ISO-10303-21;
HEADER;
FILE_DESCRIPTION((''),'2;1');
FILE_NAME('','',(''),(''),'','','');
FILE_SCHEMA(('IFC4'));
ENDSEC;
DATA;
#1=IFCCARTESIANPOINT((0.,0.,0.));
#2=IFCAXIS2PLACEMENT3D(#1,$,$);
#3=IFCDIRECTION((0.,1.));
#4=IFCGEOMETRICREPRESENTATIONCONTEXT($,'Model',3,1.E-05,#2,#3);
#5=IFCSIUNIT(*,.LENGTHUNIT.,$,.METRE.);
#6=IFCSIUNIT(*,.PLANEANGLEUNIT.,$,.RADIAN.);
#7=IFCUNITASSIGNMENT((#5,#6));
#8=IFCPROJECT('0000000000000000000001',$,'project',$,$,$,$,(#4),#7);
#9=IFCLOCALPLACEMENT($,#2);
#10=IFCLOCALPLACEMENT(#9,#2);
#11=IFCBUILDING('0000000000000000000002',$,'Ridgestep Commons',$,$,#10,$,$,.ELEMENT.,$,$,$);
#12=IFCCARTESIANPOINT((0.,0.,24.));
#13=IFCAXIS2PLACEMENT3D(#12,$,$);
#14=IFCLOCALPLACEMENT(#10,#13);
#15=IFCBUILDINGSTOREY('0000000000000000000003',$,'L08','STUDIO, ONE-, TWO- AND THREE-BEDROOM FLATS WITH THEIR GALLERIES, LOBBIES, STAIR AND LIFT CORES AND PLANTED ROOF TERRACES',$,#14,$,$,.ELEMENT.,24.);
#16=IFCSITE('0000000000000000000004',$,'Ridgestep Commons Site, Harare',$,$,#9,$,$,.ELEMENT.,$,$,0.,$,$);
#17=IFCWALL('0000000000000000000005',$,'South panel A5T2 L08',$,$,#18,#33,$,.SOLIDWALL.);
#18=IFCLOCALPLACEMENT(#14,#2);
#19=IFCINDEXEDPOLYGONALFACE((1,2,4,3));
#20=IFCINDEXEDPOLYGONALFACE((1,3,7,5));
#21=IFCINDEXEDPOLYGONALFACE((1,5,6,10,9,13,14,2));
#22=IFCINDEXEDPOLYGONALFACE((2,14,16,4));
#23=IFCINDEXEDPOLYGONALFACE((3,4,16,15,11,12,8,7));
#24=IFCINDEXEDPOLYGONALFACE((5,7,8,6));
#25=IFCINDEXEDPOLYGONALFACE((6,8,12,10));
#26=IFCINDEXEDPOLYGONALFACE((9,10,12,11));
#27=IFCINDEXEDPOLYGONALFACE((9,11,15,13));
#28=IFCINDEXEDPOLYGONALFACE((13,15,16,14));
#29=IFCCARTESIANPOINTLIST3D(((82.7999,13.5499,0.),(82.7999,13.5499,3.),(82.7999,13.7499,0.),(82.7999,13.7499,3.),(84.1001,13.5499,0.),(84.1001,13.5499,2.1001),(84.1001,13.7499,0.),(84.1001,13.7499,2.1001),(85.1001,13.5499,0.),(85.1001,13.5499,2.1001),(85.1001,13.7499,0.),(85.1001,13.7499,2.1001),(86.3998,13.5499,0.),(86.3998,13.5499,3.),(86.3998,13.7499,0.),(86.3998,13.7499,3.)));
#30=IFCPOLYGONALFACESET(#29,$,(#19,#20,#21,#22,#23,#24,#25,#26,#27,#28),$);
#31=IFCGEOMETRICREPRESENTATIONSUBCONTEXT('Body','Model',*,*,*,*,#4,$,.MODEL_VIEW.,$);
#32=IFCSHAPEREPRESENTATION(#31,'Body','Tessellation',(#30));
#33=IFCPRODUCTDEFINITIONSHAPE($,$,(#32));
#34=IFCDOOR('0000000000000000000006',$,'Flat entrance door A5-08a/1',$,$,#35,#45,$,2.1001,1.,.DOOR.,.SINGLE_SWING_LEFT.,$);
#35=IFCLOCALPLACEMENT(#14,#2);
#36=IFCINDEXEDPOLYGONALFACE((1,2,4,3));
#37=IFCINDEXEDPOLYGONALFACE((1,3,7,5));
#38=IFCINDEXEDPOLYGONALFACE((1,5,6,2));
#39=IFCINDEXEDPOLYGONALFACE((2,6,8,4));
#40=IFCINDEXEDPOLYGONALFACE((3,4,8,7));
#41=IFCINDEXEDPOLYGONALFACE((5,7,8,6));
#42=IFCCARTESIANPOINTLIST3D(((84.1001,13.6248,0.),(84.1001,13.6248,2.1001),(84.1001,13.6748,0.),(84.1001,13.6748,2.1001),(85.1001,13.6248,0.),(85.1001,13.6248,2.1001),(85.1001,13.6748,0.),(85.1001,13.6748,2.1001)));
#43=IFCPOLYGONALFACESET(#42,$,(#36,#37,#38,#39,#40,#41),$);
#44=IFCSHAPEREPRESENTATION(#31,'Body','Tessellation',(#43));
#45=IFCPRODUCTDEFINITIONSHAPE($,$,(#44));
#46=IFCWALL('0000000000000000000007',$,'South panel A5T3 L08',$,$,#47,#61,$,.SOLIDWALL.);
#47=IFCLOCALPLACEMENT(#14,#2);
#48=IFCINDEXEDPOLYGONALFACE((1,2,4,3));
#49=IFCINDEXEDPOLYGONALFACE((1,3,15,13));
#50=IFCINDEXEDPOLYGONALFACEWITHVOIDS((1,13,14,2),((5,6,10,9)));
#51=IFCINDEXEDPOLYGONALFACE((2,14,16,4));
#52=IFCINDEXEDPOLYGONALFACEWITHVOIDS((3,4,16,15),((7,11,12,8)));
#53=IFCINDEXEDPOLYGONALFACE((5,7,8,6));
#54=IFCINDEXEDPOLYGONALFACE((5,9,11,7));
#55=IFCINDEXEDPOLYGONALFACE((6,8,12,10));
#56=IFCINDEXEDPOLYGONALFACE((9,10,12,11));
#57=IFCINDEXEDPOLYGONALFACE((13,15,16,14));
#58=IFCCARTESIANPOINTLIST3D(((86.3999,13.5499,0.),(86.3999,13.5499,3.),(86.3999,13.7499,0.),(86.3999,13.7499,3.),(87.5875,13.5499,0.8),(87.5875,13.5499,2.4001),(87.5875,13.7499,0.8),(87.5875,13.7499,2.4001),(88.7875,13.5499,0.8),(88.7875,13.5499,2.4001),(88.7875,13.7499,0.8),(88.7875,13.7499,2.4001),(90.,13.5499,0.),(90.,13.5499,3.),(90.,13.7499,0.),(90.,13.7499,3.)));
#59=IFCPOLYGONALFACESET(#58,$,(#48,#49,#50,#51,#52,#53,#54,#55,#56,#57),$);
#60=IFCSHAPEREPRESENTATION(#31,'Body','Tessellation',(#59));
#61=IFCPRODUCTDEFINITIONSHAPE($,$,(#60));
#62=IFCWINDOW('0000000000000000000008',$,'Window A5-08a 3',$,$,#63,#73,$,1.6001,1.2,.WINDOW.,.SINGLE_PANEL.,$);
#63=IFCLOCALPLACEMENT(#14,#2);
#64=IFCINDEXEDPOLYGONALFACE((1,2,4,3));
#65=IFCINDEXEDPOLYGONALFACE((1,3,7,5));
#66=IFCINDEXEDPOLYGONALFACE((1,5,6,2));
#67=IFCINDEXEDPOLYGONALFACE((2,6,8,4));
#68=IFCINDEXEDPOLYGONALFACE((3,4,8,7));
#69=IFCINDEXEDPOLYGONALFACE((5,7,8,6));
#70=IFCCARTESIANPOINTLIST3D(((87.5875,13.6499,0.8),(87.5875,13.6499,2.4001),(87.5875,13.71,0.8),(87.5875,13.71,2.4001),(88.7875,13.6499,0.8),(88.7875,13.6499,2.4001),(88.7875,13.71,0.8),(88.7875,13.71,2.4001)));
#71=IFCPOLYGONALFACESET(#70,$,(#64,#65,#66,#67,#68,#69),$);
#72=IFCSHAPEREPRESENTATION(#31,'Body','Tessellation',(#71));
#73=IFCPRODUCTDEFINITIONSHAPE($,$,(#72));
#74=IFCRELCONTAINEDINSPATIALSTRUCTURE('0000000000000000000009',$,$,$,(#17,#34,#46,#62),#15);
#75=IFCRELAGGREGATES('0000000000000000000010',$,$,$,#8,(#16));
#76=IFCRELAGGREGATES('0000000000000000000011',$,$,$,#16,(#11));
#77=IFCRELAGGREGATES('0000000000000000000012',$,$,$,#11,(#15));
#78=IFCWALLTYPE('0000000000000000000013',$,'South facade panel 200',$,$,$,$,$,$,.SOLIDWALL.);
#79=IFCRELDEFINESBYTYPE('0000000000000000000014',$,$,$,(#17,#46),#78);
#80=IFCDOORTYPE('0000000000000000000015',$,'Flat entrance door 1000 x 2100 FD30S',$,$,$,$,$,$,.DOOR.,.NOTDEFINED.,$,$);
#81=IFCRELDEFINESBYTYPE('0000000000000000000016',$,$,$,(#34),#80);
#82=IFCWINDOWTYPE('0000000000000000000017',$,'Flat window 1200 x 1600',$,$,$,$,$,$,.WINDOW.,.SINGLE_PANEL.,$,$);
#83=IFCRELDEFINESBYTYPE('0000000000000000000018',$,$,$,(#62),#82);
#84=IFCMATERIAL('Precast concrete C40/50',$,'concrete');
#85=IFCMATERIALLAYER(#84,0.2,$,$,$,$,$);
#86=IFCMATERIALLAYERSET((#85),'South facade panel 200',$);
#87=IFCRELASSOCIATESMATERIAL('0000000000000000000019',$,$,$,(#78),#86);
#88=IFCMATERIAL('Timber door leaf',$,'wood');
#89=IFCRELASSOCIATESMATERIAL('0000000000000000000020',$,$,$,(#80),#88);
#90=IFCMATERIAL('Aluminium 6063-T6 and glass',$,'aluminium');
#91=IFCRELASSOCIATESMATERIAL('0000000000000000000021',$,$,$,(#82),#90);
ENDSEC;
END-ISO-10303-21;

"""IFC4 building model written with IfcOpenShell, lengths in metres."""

from ifc_helpers import new_model, si_unit, direction, frame, frame_2d, origin, place, context, subcontext, project, spatial, rectangle, extrude, material, layer, layer_set, type_object, element, fill, save


model = new_model("IFC4")

# Units and contexts
model_context = context("Model", 3, precision=1e-05, world=origin(), true_north=direction((0.0, 1.0)))
body_context = subcontext(model_context, "Body", "Model", "MODEL_VIEW")
ifc_project = project(units=[si_unit("LENGTHUNIT", "METRE"), si_unit("PLANEANGLEUNIT", "RADIAN")], contexts=[model_context])

# Site, building, storey
site_placement = place(None, origin())
site = spatial("IfcSite", under=ifc_project, at=site_placement, Name="Ridgestep Commons Site, Harare", CompositionType="ELEMENT", RefElevation=0.0)
building_placement = place(site_placement, origin())
building = spatial("IfcBuilding", under=site, at=building_placement, Name="Ridgestep Commons", CompositionType="ELEMENT")
storey_placement = place(building_placement, frame((0.0, 0.0, 24.0)))
storey = spatial("IfcBuildingStorey", under=building, at=storey_placement, Name="L08", Description="STUDIO, ONE-, TWO- AND THREE-BEDROOM FLATS WITH THEIR GALLERIES, LOBBIES, STAIR AND LIFT CORES AND PLANTED ROOF TERRACES", CompositionType="ELEMENT", Elevation=24.0)

# Wall, opening, door
ifc_material_1 = material(Name="Precast concrete C40/50", Category="concrete")
ifc_layer_1 = layer(ifc_material_1, 0.2)
ifc_layer_set_1 = layer_set([ifc_layer_1], Name="South facade panel 200")
wall_type_1 = type_object("IfcWallType", Name="South facade panel 200", PredefinedType="SOLIDWALL", material=ifc_layer_set_1)
wall_1_placement = place(storey_placement, frame((82.8, 13.6499, 0.0), z_axis=(0.0, 0.0, 1.0), x_axis=(1.0, 0.0, 0.0)))
wall_1 = element("IfcWall", 1, at=wall_1_placement, inside=storey, type_object=wall_type_1, Name="South panel A5T2 L08", PredefinedType="SOLIDWALL", context=body_context, shape_type="SweptSolid", body=[
    extrude(rectangle(XDim=3.5999, YDim=0.2, at=frame_2d((1.7998, 0.0))), origin(), (0.0, 0.0, 1.0), 3.0),
])
opening_1_placement = place(wall_1_placement, frame((1.3, 0.0, 0.0)))
opening_1 = element("IfcOpeningElement", 2, at=opening_1_placement, cuts=wall_1, PredefinedType="OPENING", context=body_context, shape_type="SweptSolid", body=[
    extrude(rectangle(XDim=1.0, YDim=2.1001, at=frame_2d((0.5, 1.05))), frame((0.0, 0.1099, 0.0), z_axis=(0.0, -1.0, 0.0), x_axis=(1.0, 0.0, 0.0)), (0.0, 0.0, 1.0), 0.22),
])
ifc_material_2 = material(Name="Timber door leaf", Category="wood")
door_type_1 = type_object("IfcDoorType", Name="Flat entrance door 1000 x 2100 FD30S", OperationType="NOTDEFINED", PredefinedType="DOOR", material=ifc_material_2)
door_1_placement = place(opening_1_placement, origin())
door_1 = element("IfcDoor", 3, at=door_1_placement, inside=storey, type_object=door_type_1, Name="Flat entrance door A5-08a/1", OperationType="SINGLE_SWING_LEFT", OverallHeight=2.1001, OverallWidth=1.0, PredefinedType="DOOR", context=body_context, shape_type="SweptSolid", body=[
    extrude(rectangle(XDim=1.0, YDim=2.1001, at=frame_2d((0.5, 1.05))), frame((0.0, 0.0249, 0.0), z_axis=(0.0, -1.0, 0.0), x_axis=(1.0, 0.0, 0.0)), (0.0, 0.0, 1.0), 0.05),
])
fill(opening_1, door_1)

# Wall, opening, window
wall_2_placement = place(storey_placement, frame((86.3999, 13.6499, 0.0), z_axis=(0.0, 0.0, 1.0), x_axis=(1.0, 0.0, 0.0)))
wall_2 = element("IfcWall", 4, at=wall_2_placement, inside=storey, type_object=wall_type_1, Name="South panel A5T3 L08", PredefinedType="SOLIDWALL", context=body_context, shape_type="SweptSolid", body=[
    extrude(rectangle(XDim=3.6001, YDim=0.2, at=frame_2d((1.8, 0.0))), origin(), (0.0, 0.0, 1.0), 3.0),
])
opening_2_placement = place(wall_2_placement, frame((1.1875, 0.0, 0.8)))
opening_2 = element("IfcOpeningElement", 5, at=opening_2_placement, cuts=wall_2, PredefinedType="OPENING", context=body_context, shape_type="SweptSolid", body=[
    extrude(rectangle(XDim=1.2, YDim=1.6001, at=frame_2d((0.6001, 0.8))), frame((0.0, 0.1099, 0.0), z_axis=(0.0, -1.0, 0.0), x_axis=(1.0, 0.0, 0.0)), (0.0, 0.0, 1.0), 0.22),
])
ifc_material_3 = material(Name="Aluminium 6063-T6 and glass", Category="aluminium")
window_type = type_object("IfcWindowType", Name="Flat window 1200 x 1600", PartitioningType="SINGLE_PANEL", PredefinedType="WINDOW", material=ifc_material_3)
window_placement = place(opening_2_placement, origin())
window = element("IfcWindow", 6, at=window_placement, inside=storey, type_object=window_type, Name="Window A5-08a 3", OverallHeight=1.6001, OverallWidth=1.2, PartitioningType="SINGLE_PANEL", PredefinedType="WINDOW", context=body_context, shape_type="SweptSolid", body=[
    extrude(rectangle(XDim=1.2, YDim=1.6001, at=frame_2d((0.6001, 0.8))), frame((0.0, 0.0601, 0.0), z_axis=(0.0, -1.0, 0.0), x_axis=(1.0, 0.0, 0.0)), (0.0, 0.0, 1.0), 0.0601),
])
fill(opening_2, window)

save(model, "model.ifc")
